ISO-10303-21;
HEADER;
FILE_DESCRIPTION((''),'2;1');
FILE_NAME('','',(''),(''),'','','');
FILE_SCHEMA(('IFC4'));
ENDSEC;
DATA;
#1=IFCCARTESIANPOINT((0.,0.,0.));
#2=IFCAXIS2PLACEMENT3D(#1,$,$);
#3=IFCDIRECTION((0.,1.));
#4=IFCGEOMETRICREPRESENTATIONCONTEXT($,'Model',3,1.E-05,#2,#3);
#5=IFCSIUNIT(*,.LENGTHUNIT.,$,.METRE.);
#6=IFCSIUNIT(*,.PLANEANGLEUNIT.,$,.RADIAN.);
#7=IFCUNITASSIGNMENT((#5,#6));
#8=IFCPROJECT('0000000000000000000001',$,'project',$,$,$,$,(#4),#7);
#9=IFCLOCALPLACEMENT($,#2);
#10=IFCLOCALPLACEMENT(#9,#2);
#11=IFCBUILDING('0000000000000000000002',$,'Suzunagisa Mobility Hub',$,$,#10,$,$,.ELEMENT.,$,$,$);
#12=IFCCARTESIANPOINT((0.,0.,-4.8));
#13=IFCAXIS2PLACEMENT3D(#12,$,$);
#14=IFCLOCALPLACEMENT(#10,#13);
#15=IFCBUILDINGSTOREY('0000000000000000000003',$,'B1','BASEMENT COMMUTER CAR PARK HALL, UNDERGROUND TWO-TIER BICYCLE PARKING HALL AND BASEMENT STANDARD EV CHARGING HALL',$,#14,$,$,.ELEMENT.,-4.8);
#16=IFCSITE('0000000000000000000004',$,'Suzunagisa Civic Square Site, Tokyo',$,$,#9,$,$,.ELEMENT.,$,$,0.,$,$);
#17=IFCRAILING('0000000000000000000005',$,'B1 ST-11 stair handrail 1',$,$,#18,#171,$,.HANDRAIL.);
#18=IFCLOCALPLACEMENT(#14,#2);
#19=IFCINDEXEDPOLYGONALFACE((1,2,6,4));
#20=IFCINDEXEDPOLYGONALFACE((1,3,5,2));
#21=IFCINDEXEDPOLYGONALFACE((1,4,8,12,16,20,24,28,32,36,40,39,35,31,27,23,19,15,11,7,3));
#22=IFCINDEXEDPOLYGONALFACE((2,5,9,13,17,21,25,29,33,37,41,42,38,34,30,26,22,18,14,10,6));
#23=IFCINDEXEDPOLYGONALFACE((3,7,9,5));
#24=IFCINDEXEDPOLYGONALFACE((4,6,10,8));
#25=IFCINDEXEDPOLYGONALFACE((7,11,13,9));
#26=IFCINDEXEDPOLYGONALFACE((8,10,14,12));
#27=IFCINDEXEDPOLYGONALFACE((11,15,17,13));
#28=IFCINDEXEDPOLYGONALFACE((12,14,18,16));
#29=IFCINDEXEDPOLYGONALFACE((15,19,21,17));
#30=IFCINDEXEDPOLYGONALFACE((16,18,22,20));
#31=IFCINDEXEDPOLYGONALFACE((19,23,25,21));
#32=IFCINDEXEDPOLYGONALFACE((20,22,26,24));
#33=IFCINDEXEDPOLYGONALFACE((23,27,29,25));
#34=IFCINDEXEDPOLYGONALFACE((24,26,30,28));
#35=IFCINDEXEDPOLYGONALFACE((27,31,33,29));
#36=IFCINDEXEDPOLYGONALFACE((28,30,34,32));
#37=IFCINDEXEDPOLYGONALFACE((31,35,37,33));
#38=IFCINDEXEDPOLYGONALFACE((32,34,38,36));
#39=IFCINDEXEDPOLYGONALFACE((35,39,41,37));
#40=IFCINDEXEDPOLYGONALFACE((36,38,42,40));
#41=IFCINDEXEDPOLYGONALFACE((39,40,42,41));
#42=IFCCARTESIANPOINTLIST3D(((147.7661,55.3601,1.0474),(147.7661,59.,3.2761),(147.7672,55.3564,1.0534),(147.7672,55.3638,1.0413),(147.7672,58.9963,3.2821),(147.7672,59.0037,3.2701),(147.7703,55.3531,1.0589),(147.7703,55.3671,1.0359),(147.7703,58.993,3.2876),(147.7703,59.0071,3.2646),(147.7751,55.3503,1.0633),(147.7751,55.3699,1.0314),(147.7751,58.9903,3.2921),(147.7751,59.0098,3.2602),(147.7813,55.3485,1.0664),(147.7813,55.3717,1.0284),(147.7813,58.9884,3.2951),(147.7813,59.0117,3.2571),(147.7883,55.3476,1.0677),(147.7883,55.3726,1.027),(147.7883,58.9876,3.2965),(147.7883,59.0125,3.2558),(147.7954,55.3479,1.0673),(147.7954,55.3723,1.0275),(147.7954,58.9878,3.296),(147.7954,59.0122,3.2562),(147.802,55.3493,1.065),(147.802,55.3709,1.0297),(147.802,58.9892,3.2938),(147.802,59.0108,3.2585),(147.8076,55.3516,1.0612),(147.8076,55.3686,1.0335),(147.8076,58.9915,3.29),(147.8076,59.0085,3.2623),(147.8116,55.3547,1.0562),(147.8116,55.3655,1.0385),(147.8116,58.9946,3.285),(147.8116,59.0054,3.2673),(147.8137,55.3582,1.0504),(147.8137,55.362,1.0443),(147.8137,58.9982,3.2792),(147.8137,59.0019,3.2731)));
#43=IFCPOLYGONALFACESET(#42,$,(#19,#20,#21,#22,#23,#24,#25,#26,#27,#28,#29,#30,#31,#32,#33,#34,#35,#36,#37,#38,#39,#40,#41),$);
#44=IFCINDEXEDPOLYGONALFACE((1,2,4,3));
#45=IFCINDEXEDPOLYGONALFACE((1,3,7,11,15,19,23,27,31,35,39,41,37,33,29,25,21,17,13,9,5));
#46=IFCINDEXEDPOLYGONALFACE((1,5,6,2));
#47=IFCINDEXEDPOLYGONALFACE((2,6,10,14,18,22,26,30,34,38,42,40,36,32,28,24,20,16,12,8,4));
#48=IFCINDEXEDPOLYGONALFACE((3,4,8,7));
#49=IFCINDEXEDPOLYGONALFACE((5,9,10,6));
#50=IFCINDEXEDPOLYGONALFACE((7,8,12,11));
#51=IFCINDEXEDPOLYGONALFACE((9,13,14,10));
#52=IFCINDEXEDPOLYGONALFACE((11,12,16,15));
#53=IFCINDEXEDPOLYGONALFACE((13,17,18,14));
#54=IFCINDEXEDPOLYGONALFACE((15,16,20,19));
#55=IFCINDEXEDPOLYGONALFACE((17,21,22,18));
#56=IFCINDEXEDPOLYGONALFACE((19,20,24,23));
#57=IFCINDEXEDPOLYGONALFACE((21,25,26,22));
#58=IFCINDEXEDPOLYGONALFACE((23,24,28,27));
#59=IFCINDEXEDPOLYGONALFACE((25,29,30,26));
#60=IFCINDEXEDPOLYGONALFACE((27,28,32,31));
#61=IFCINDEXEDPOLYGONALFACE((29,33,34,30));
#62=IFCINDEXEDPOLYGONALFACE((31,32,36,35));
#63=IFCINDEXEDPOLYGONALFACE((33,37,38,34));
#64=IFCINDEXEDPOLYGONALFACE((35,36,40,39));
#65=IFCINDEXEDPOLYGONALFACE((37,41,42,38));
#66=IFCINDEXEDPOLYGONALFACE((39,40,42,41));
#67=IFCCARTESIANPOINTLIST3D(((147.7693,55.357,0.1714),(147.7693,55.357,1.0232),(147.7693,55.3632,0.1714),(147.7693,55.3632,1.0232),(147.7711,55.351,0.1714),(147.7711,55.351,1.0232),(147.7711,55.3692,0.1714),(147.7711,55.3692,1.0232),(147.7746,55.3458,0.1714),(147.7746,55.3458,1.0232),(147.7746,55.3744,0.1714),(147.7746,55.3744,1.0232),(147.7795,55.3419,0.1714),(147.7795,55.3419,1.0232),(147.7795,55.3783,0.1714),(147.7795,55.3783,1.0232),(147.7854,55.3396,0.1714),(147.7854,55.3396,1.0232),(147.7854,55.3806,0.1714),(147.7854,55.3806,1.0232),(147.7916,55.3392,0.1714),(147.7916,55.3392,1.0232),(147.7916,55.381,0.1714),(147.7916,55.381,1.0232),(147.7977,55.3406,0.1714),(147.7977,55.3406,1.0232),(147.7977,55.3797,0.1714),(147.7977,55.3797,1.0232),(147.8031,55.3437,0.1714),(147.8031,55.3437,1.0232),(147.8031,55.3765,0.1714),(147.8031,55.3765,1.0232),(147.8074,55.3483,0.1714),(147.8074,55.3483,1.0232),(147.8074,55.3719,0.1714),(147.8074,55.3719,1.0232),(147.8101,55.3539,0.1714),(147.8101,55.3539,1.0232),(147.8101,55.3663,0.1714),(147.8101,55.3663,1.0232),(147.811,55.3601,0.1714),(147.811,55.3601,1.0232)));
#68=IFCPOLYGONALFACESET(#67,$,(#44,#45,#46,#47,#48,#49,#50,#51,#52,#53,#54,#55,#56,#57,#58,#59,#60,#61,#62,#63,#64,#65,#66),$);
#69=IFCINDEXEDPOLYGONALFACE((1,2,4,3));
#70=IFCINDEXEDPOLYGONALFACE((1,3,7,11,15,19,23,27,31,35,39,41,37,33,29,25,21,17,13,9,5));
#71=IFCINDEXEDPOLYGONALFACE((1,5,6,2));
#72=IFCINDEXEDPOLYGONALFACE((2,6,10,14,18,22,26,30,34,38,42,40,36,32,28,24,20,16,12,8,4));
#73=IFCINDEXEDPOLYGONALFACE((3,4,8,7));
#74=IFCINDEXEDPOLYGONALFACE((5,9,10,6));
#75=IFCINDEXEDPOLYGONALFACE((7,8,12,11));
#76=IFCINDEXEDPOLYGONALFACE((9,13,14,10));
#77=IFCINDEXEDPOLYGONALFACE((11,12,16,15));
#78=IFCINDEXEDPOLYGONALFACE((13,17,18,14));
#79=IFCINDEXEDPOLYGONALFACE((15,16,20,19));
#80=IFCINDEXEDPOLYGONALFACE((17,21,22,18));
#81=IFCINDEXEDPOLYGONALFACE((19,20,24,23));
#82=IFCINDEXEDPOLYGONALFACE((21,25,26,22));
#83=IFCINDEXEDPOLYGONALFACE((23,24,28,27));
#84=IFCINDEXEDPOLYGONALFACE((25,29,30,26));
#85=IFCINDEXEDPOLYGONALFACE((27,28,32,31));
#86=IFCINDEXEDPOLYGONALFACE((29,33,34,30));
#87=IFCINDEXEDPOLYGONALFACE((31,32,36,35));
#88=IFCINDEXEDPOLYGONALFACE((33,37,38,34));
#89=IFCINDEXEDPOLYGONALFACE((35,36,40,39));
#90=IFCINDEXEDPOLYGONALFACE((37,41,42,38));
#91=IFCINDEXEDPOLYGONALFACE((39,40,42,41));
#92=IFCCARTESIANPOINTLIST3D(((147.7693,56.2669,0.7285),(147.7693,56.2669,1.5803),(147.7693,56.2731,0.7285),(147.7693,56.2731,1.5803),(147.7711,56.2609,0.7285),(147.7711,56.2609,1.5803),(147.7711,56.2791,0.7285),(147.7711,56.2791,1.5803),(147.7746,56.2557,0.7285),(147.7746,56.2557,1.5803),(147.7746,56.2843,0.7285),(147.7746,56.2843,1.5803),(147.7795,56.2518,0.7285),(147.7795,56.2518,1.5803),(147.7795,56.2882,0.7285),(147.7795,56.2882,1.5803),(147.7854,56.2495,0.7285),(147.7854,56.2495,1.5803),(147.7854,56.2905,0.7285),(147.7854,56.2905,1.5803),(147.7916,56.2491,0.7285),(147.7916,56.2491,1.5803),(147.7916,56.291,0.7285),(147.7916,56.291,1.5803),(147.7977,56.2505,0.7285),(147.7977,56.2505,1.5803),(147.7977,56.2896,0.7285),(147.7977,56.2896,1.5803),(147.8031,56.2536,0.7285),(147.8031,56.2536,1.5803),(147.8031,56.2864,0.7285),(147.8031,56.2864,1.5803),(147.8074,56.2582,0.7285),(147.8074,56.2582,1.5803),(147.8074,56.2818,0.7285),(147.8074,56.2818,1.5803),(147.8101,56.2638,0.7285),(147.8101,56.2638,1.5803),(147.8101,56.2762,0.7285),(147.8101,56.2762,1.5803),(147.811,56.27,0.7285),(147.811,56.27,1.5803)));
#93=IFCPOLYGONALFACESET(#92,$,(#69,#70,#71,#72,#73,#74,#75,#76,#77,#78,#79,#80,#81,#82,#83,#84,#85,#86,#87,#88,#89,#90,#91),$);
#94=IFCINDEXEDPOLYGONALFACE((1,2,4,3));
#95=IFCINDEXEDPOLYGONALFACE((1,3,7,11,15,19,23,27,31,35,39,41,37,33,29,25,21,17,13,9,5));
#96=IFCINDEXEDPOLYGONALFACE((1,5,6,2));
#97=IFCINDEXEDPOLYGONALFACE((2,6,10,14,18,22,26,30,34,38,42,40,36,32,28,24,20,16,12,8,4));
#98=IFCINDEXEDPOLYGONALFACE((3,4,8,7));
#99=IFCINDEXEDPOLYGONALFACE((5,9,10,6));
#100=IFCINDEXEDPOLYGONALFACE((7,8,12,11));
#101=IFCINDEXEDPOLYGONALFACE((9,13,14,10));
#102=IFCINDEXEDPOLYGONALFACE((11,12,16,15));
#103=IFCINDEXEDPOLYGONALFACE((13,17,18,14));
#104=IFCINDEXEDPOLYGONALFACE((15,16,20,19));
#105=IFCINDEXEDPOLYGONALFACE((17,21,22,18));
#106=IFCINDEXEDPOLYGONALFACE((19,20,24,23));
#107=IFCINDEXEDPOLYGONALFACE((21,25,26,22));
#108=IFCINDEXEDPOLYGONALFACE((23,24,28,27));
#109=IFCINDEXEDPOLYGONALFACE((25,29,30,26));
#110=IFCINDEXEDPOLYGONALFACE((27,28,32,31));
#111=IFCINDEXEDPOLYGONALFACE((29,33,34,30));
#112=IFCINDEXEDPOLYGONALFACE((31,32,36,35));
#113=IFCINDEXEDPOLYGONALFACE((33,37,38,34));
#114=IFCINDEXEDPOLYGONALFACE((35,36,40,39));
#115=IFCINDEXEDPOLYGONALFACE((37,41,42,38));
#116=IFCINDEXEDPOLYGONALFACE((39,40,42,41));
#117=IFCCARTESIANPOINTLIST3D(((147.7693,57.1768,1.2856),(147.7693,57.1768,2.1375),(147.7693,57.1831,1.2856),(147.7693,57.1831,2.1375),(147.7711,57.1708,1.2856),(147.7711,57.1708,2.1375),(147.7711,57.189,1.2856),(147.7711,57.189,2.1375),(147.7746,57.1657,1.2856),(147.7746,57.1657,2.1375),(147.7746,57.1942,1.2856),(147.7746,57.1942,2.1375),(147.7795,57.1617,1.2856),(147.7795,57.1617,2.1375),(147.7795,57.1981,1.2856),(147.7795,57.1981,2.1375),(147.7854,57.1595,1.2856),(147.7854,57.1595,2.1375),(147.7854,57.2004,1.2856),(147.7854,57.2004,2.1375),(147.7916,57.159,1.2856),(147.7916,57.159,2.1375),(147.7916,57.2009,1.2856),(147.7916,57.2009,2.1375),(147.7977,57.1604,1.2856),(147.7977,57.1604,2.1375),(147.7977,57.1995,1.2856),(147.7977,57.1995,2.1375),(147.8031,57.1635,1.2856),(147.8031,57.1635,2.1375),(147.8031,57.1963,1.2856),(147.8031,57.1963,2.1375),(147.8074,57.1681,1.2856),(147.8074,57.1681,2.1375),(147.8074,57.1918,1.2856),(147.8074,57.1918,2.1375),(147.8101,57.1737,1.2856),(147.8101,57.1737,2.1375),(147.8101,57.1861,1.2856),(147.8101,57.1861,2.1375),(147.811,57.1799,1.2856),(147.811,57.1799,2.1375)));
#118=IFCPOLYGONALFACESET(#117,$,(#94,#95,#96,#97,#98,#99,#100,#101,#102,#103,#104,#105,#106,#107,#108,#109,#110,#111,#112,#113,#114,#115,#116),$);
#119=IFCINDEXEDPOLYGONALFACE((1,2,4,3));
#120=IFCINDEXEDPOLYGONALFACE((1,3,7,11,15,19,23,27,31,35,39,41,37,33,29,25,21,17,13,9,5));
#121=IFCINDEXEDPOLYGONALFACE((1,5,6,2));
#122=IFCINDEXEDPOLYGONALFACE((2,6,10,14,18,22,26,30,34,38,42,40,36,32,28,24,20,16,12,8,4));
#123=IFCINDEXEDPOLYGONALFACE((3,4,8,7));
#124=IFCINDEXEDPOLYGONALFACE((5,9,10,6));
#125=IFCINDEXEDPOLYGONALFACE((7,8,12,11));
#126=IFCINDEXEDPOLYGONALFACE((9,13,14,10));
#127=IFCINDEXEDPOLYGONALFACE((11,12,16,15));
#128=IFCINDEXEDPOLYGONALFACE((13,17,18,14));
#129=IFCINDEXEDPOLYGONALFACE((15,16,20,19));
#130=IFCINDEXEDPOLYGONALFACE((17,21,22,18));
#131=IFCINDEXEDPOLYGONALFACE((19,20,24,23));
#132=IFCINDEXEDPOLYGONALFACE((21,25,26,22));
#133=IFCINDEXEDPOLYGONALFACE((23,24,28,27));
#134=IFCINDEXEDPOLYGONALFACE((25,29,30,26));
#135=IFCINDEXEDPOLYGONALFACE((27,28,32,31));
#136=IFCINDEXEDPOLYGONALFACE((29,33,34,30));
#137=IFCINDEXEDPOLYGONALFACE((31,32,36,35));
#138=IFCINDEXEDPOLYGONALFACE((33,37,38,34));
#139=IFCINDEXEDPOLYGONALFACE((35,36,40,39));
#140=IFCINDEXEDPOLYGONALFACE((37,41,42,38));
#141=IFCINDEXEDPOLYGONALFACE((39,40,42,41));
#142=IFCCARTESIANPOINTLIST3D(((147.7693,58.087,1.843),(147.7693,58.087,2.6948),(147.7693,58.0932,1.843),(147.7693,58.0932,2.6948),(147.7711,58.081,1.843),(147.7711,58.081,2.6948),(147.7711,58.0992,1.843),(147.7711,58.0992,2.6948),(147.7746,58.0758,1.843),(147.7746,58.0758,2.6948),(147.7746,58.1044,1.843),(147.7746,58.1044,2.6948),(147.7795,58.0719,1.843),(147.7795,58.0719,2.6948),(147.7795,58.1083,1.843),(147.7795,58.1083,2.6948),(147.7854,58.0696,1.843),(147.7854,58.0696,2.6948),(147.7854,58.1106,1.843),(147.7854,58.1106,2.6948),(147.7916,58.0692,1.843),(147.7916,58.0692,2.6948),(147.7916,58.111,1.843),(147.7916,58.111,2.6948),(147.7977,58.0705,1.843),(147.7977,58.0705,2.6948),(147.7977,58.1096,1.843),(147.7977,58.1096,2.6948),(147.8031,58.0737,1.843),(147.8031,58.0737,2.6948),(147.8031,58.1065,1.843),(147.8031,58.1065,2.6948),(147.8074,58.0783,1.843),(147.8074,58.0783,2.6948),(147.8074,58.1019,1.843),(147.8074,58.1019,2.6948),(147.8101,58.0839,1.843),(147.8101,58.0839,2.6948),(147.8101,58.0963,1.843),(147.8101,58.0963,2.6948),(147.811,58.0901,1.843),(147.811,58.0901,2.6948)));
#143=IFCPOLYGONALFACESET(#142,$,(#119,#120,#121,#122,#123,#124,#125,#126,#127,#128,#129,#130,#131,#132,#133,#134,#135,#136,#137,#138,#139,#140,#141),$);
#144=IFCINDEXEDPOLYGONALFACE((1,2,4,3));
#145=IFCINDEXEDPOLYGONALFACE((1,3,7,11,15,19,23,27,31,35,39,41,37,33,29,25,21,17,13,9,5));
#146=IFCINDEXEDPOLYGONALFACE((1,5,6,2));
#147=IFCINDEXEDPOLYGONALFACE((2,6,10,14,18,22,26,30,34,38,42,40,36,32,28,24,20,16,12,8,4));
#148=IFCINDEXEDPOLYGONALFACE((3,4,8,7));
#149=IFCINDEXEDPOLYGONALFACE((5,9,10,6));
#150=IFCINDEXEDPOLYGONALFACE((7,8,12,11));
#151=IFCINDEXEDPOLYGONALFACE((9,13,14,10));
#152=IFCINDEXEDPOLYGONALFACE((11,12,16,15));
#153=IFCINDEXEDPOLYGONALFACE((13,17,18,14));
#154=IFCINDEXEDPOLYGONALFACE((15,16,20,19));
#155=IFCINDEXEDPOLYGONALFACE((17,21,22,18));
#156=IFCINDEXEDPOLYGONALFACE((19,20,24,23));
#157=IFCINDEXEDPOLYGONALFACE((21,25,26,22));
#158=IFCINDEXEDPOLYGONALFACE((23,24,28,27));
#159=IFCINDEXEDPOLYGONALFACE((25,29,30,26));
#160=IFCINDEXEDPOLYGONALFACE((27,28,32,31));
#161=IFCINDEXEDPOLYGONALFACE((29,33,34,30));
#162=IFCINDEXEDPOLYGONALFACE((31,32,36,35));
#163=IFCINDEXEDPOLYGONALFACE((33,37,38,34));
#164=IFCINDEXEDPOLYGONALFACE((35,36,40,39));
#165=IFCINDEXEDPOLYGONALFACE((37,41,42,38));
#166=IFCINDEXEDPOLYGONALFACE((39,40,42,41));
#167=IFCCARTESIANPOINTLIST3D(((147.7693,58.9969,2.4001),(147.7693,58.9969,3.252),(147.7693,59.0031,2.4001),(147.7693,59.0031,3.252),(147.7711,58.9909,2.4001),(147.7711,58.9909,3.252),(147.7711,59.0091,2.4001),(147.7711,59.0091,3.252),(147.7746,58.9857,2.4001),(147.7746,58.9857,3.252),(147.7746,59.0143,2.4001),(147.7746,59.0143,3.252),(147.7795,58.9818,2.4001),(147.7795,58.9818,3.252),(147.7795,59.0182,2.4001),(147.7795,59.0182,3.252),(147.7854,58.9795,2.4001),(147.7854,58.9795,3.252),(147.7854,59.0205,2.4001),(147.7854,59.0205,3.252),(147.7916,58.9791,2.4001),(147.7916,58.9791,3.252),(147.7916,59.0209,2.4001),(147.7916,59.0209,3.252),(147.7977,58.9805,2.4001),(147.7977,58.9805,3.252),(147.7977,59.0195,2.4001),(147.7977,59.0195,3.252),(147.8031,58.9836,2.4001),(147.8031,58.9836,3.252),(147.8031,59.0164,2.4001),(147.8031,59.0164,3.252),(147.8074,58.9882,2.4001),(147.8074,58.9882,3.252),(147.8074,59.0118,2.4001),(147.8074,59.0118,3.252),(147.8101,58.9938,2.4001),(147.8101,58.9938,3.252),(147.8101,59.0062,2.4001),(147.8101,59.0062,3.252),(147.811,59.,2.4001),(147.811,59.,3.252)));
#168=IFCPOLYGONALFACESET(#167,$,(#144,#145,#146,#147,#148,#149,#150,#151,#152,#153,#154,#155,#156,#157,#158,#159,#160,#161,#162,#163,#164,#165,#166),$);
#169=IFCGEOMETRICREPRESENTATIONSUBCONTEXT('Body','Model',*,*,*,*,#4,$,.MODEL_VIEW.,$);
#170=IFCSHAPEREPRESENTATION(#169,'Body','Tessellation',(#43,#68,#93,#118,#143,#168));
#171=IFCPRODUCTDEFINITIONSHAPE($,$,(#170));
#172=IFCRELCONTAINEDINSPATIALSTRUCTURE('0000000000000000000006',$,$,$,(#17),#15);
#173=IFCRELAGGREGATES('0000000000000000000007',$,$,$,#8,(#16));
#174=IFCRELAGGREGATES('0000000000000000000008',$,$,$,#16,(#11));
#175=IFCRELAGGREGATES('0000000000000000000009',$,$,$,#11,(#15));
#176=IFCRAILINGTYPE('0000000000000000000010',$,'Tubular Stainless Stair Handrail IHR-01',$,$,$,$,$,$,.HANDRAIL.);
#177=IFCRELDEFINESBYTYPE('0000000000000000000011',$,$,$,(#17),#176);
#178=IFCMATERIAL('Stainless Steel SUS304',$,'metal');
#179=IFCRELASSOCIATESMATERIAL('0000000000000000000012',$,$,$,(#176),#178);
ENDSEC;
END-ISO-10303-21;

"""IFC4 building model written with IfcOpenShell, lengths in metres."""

from ifc_helpers import new_model, si_unit, direction, frame, origin, origin_2d, place, context, subcontext, project, spatial, circle, extrude, material, type_object, element, save


model = new_model("IFC4")

# Units and contexts
model_context = context("Model", 3, precision=1e-05, world=origin(), true_north=direction((0.0, 1.0)))
body_context = subcontext(model_context, "Body", "Model", "MODEL_VIEW")
ifc_project = project(units=[si_unit("LENGTHUNIT", "METRE"), si_unit("PLANEANGLEUNIT", "RADIAN")], contexts=[model_context])

# Site, building, storey
site_placement = place(None, origin())
site = spatial("IfcSite", under=ifc_project, at=site_placement, Name="Suzunagisa Civic Square Site, Tokyo", CompositionType="ELEMENT", RefElevation=0.0)
building_placement = place(site_placement, origin())
building = spatial("IfcBuilding", under=site, at=building_placement, Name="Suzunagisa Mobility Hub", CompositionType="ELEMENT")
storey_placement = place(building_placement, frame((0.0, 0.0, -4.8)))
storey = spatial("IfcBuildingStorey", under=building, at=storey_placement, Name="B1", Description="BASEMENT COMMUTER CAR PARK HALL, UNDERGROUND TWO-TIER BICYCLE PARKING HALL AND BASEMENT STANDARD EV CHARGING HALL", CompositionType="ELEMENT", Elevation=-4.8)

# Railing
ifc_material_1 = material(Name="Stainless Steel SUS304", Category="metal")
railing_type_1 = type_object("IfcRailingType", Name="Tubular Stainless Stair Handrail IHR-01", PredefinedType="HANDRAIL", material=ifc_material_1)
railing_1_placement = place(storey_placement, frame((147.79, 55.3601, 0.1714)))
element("IfcRailing", 1, at=railing_1_placement, inside=storey, type_object=railing_type_1, Name="B1 ST-11 stair handrail 1", PredefinedType="HANDRAIL", context=body_context, shape_type="SweptSolid", body=[
    extrude(circle(Radius=0.0239, at=origin_2d()), frame((0.0, 0.0, 0.876), z_axis=(0.0, 0.852825, 0.522197), x_axis=(-1.0, 0.0, 0.0)), (0.0, 0.0, 1.0), 4.2681),
    extrude(circle(Radius=0.021, at=origin_2d()), origin(), (0.0, 0.0, 1.0), 0.8518),
    extrude(circle(Radius=0.021, at=origin_2d()), frame((0.0, 0.9099, 0.5571)), (0.0, 0.0, 1.0), 0.8518),
    extrude(circle(Radius=0.021, at=origin_2d()), frame((0.0, 1.8198, 1.1143)), (0.0, 0.0, 1.0), 0.8518),
    extrude(circle(Radius=0.021, at=origin_2d()), frame((0.0, 2.73, 1.6716)), (0.0, 0.0, 1.0), 0.8518),
    extrude(circle(Radius=0.021, at=origin_2d()), frame((0.0, 3.6399, 2.2288)), (0.0, 0.0, 1.0), 0.8518),
])

save(model, "model.ifc")
